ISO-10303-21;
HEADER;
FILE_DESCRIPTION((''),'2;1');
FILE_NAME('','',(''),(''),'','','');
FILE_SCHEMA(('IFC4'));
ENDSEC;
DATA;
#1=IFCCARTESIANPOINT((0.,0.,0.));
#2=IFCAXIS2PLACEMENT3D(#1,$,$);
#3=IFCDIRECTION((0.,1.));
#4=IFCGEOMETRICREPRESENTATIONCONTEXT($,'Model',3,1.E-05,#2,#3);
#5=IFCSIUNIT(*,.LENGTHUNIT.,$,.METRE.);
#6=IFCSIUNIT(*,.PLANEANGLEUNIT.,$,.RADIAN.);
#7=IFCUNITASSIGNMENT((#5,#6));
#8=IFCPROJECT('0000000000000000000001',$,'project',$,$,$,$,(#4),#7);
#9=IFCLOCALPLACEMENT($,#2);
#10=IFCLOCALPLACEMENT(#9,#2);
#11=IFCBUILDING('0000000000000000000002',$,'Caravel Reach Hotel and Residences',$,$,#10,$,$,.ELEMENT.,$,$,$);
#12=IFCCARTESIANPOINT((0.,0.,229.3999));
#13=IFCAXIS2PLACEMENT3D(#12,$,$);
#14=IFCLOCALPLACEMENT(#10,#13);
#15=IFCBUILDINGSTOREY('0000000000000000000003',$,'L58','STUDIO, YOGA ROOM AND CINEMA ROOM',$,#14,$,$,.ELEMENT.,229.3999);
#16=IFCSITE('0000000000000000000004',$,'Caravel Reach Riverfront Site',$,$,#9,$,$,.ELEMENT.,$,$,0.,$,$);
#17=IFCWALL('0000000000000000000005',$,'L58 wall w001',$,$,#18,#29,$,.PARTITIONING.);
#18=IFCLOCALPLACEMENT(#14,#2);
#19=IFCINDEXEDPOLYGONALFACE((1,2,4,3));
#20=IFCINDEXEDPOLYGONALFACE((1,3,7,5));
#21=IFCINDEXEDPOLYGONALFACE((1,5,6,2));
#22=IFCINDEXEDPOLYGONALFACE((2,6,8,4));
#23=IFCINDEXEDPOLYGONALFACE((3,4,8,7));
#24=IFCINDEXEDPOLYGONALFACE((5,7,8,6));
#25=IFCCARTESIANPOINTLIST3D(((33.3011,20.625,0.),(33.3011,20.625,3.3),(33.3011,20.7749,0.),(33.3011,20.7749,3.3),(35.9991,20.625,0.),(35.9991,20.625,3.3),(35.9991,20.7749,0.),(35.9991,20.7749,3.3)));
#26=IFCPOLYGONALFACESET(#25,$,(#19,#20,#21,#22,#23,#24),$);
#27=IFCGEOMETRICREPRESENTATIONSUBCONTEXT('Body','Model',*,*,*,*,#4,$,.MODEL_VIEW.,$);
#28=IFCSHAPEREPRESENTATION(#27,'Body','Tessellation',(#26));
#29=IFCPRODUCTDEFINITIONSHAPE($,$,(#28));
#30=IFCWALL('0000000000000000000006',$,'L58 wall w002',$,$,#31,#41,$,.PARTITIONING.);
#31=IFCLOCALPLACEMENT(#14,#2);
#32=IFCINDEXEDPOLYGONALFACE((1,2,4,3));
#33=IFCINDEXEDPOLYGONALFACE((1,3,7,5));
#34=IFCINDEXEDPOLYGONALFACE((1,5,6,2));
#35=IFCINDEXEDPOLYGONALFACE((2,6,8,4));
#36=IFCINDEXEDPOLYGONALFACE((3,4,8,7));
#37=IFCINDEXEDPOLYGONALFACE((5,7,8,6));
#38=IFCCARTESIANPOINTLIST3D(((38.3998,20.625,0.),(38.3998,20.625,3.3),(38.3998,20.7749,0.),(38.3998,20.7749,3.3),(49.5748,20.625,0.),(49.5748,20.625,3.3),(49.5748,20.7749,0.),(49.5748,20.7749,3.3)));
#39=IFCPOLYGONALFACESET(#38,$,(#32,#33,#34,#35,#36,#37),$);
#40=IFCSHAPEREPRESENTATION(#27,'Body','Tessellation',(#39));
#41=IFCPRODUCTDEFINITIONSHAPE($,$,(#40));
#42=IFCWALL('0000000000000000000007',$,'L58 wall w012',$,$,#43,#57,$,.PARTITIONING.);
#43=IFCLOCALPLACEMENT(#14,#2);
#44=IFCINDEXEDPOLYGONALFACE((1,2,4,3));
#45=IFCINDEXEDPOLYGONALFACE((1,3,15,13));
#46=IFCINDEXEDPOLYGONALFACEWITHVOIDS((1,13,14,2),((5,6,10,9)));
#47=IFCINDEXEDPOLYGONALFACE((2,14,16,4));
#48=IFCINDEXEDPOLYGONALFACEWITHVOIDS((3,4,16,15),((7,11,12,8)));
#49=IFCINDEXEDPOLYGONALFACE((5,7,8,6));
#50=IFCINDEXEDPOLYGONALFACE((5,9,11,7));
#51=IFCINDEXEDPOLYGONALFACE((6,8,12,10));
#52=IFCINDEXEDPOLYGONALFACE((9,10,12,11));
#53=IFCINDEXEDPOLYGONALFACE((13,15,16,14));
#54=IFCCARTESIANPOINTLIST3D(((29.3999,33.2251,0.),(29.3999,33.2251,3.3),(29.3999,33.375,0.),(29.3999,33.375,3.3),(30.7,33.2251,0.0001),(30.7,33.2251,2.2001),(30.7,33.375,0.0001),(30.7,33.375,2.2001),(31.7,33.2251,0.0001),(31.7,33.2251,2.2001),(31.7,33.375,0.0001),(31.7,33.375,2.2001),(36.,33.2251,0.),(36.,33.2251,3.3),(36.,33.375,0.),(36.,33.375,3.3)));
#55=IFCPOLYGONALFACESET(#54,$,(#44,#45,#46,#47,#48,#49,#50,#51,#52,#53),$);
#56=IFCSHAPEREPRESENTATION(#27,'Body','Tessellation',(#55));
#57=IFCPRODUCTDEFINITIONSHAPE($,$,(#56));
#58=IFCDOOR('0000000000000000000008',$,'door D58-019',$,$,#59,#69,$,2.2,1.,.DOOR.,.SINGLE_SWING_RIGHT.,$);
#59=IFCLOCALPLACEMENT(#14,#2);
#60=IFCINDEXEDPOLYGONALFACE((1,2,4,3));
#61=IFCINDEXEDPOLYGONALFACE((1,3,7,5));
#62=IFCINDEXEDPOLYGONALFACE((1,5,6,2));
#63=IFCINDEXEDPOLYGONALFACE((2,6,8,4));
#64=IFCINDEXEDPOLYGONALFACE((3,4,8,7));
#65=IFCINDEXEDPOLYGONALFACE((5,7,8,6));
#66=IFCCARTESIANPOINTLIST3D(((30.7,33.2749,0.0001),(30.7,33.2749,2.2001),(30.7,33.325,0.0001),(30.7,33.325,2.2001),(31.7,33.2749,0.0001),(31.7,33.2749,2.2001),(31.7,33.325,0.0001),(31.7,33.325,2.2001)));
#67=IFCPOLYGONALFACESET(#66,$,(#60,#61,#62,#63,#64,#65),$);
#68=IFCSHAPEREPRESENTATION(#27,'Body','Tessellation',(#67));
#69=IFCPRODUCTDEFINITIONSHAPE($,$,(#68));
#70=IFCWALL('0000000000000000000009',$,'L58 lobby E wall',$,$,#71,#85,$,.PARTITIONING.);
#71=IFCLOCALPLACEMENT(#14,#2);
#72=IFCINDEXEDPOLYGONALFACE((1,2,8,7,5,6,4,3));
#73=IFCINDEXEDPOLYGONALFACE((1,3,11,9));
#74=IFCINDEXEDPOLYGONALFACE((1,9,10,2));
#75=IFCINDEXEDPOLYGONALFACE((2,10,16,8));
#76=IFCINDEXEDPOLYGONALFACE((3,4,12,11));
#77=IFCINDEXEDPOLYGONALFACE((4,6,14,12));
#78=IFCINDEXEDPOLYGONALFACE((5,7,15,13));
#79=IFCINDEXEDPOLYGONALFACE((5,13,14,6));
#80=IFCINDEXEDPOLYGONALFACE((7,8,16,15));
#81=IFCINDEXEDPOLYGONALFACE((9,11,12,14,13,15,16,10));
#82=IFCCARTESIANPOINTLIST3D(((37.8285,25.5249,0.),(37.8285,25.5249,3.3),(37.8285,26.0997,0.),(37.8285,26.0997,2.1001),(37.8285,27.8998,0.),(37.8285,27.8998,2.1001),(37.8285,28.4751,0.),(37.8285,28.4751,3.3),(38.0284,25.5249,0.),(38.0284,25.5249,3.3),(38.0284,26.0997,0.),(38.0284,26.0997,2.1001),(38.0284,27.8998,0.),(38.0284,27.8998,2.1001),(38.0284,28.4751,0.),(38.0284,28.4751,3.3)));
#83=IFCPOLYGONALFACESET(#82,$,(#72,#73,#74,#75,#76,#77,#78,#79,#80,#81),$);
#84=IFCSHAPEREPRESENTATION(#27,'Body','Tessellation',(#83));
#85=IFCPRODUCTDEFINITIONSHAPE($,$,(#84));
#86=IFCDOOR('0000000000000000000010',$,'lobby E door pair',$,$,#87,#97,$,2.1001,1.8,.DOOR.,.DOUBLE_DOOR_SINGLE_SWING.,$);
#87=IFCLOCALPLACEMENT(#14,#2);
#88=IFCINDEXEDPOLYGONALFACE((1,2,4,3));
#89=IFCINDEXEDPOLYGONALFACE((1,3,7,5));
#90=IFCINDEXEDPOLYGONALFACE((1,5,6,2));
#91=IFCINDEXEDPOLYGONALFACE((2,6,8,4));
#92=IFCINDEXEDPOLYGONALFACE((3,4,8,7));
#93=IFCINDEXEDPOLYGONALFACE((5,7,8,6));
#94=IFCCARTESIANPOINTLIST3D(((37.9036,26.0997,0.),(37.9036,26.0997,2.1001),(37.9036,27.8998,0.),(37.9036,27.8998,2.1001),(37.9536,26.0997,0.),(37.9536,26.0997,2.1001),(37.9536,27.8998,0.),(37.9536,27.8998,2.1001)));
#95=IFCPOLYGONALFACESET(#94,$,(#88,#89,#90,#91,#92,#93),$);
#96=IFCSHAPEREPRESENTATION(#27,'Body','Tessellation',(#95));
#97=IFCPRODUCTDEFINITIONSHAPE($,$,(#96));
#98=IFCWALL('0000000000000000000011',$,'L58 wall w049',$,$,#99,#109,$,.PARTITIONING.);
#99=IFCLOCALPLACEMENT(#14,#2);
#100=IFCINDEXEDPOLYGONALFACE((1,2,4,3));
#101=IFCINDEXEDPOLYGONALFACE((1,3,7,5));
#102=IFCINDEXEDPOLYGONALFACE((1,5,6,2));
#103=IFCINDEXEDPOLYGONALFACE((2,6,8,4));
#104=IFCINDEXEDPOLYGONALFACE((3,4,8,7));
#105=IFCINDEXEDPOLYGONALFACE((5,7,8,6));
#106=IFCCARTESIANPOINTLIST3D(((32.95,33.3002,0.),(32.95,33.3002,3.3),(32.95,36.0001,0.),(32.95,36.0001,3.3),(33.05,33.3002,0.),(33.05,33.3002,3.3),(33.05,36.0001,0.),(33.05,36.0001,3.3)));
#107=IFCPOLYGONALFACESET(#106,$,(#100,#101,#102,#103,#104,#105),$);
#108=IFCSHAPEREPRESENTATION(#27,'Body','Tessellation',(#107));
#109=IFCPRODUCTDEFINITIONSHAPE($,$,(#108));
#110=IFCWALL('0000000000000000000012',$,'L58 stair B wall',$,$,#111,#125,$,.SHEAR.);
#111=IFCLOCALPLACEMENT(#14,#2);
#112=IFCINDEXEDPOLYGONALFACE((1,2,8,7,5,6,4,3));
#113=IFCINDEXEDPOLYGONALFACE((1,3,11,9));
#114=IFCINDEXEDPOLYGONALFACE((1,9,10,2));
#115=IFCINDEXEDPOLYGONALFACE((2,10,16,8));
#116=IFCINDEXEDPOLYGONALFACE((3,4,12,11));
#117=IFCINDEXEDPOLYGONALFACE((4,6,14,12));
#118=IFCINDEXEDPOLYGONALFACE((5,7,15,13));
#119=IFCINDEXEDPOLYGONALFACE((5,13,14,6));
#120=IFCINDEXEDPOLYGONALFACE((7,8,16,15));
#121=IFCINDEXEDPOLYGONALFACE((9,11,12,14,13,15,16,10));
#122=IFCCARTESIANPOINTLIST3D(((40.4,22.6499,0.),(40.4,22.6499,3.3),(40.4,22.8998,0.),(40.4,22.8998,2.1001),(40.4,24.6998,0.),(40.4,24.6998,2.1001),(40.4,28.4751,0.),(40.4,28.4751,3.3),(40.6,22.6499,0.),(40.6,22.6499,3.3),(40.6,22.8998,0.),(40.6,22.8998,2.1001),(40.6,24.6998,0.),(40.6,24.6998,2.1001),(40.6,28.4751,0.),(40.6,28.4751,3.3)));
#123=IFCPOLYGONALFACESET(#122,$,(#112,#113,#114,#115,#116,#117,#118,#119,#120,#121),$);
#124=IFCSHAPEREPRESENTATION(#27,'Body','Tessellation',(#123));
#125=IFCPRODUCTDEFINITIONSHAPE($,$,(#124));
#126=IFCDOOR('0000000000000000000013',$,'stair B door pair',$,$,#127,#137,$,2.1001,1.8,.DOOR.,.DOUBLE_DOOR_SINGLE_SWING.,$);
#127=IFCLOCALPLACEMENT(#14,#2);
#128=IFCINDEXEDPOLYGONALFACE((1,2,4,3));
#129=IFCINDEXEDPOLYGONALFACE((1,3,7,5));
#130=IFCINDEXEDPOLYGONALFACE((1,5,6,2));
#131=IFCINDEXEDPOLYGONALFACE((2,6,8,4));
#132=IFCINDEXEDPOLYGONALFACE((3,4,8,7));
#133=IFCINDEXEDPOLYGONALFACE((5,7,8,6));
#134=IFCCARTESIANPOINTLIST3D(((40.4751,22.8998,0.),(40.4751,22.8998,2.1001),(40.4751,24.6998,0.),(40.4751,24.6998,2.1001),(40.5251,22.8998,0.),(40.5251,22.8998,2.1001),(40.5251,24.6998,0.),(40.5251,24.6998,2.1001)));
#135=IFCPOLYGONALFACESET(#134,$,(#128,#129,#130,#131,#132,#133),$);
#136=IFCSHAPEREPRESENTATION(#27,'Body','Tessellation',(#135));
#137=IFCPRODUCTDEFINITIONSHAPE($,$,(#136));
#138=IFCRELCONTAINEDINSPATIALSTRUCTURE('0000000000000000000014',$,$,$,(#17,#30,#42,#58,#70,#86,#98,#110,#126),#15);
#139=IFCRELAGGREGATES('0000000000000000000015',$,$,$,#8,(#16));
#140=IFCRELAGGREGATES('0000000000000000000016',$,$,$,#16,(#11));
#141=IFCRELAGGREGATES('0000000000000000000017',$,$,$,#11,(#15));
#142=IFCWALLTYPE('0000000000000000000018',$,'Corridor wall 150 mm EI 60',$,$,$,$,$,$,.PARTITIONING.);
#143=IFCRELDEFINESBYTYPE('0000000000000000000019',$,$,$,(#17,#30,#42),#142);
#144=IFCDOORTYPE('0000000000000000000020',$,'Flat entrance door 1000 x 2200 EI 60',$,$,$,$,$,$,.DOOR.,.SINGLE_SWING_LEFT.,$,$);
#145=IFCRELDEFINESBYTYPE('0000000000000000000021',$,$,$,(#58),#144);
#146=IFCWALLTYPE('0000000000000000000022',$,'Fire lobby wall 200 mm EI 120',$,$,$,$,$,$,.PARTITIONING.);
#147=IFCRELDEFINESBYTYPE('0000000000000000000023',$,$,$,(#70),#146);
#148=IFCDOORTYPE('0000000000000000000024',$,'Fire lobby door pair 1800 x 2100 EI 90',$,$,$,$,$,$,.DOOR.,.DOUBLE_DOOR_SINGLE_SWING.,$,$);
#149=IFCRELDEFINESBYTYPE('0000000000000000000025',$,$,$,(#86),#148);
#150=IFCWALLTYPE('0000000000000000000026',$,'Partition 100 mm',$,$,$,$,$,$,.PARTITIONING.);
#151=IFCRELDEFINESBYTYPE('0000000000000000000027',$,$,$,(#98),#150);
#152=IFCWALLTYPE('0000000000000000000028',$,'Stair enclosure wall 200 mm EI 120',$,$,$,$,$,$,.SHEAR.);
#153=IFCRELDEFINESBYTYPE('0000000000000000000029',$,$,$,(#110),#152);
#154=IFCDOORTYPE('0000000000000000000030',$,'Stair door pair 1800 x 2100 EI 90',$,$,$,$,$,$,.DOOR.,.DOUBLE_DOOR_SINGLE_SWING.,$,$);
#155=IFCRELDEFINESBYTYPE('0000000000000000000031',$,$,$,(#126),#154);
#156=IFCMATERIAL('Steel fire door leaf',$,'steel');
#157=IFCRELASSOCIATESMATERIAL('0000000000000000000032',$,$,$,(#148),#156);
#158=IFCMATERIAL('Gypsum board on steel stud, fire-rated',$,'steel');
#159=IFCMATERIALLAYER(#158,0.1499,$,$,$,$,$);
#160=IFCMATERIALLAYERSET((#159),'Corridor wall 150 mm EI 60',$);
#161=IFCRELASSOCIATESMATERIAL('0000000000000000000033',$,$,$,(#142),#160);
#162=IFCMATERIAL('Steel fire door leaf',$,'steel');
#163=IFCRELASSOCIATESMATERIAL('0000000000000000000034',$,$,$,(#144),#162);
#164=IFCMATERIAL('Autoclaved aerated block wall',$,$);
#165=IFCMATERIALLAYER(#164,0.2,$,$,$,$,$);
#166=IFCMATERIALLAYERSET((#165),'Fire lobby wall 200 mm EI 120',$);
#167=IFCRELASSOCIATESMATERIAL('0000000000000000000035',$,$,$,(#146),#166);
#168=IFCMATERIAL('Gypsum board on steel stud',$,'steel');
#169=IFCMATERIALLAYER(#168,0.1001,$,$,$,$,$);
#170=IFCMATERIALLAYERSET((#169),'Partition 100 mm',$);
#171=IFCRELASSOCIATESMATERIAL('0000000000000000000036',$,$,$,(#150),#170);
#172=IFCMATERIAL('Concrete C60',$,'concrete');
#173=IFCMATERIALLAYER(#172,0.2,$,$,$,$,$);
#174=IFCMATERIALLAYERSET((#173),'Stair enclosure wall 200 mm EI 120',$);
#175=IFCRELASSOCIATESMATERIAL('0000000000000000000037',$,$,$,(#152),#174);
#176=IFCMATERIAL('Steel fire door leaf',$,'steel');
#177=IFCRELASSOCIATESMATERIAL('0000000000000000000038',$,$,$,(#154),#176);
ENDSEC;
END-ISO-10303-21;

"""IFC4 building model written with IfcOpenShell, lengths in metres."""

from ifc_helpers import new_model, si_unit, direction, frame, frame_2d, origin, place, context, subcontext, project, spatial, rectangle, extrude, material, layer, layer_set, type_object, element, fill, save


model = new_model("IFC4")

# Units and contexts
model_context = context("Model", 3, precision=1e-05, world=origin(), true_north=direction((0.0, 1.0)))
body_context = subcontext(model_context, "Body", "Model", "MODEL_VIEW")
ifc_project = project(units=[si_unit("LENGTHUNIT", "METRE"), si_unit("PLANEANGLEUNIT", "RADIAN")], contexts=[model_context])

# Site, building, storey
site_placement = place(None, origin())
site = spatial("IfcSite", under=ifc_project, at=site_placement, Name="Caravel Reach Riverfront Site", CompositionType="ELEMENT", RefElevation=0.0)
building_placement = place(site_placement, origin())
building = spatial("IfcBuilding", under=site, at=building_placement, Name="Caravel Reach Hotel and Residences", CompositionType="ELEMENT")
storey_placement = place(building_placement, frame((0.0, 0.0, 229.3999)))
storey = spatial("IfcBuildingStorey", under=building, at=storey_placement, Name="L58", Description="STUDIO, YOGA ROOM AND CINEMA ROOM", CompositionType="ELEMENT", Elevation=229.3999)

# Shared definitions
ifc_material_1 = material(Name="Steel fire door leaf", Category="steel")
door_type_1 = type_object("IfcDoorType", Name="Fire lobby door pair 1800 x 2100 EI 90", OperationType="DOUBLE_DOOR_SINGLE_SWING", PredefinedType="DOOR", material=ifc_material_1)

# Walls
ifc_material_2 = material(Name="Gypsum board on steel stud, fire-rated", Category="steel")
ifc_layer_1 = layer(ifc_material_2, 0.1499)
ifc_layer_set_1 = layer_set([ifc_layer_1], Name="Corridor wall 150 mm EI 60")
wall_type_1 = type_object("IfcWallType", Name="Corridor wall 150 mm EI 60", PredefinedType="PARTITIONING", material=ifc_layer_set_1)
wall_1_placement = place(storey_placement, frame((33.301, 20.7, 0.0), z_axis=(0.0, 0.0, 1.0), x_axis=(1.0, 0.0, 0.0)))
element("IfcWall", 1, at=wall_1_placement, inside=storey, type_object=wall_type_1, Name="L58 wall w001", PredefinedType="PARTITIONING", context=body_context, shape_type="SweptSolid", body=[
    extrude(rectangle(XDim=2.698, YDim=0.1499, at=frame_2d((1.3491, 0.0))), origin(), (0.0, 0.0, 1.0), 3.3),
])
wall_2_placement = place(storey_placement, frame((38.3999, 20.7, 0.0), z_axis=(0.0, 0.0, 1.0), x_axis=(1.0, 0.0, 0.0)))
element("IfcWall", 2, at=wall_2_placement, inside=storey, type_object=wall_type_1, Name="L58 wall w002", PredefinedType="PARTITIONING", context=body_context, shape_type="SweptSolid", body=[
    extrude(rectangle(XDim=11.175, YDim=0.1499, at=frame_2d((5.5874, 0.0))), origin(), (0.0, 0.0, 1.0), 3.3),
])

# Walls, openings, doors
wall_3_placement = place(storey_placement, frame((29.3999, 33.3, 0.0), z_axis=(0.0, 0.0, 1.0), x_axis=(1.0, 0.0, 0.0)))
wall_3 = element("IfcWall", 3, at=wall_3_placement, inside=storey, type_object=wall_type_1, Name="L58 wall w012", PredefinedType="PARTITIONING", context=body_context, shape_type="SweptSolid", body=[
    extrude(rectangle(XDim=6.6001, YDim=0.1499, at=frame_2d((3.3, 0.0))), origin(), (0.0, 0.0, 1.0), 3.3),
])
opening_1_placement = place(wall_3_placement, frame((1.3, 0.0, 0.0)))
opening_1 = element("IfcOpeningElement", 4, at=opening_1_placement, cuts=wall_3, PredefinedType="OPENING", context=body_context, shape_type="SweptSolid", body=[
    extrude(rectangle(XDim=1.0, YDim=2.2, at=frame_2d((0.5, 1.1001))), frame((0.0, 0.085, 0.0), z_axis=(0.0, -1.0, 0.0), x_axis=(1.0, 0.0, 0.0)), (0.0, 0.0, 1.0), 0.1699),
])
ifc_material_3 = material(Name="Steel fire door leaf", Category="steel")
door_type_2 = type_object("IfcDoorType", Name="Flat entrance door 1000 x 2200 EI 60", OperationType="SINGLE_SWING_LEFT", PredefinedType="DOOR", material=ifc_material_3)
door_1_placement = place(opening_1_placement, origin())
door_1 = element("IfcDoor", 5, at=door_1_placement, inside=storey, type_object=door_type_2, Name="door D58-019", OperationType="SINGLE_SWING_RIGHT", OverallHeight=2.2, OverallWidth=1.0, PredefinedType="DOOR", context=body_context, shape_type="SweptSolid", body=[
    extrude(rectangle(XDim=1.0, YDim=2.2, at=frame_2d((0.5, 1.1001))), frame((0.0, 0.0249, 0.0), z_axis=(0.0, -1.0, 0.0), x_axis=(1.0, 0.0, 0.0)), (0.0, 0.0, 1.0), 0.05),
])
fill(opening_1, door_1)
ifc_material_4 = material(Name="Autoclaved aerated block wall")
ifc_layer_2 = layer(ifc_material_4, 0.2)
ifc_layer_set_2 = layer_set([ifc_layer_2], Name="Fire lobby wall 200 mm EI 120")
wall_type_2 = type_object("IfcWallType", Name="Fire lobby wall 200 mm EI 120", PredefinedType="PARTITIONING", material=ifc_layer_set_2)
wall_4_placement = place(storey_placement, frame((37.9285, 25.5249, 0.0), z_axis=(0.0, 0.0, 1.0), x_axis=(0.0, 1.0, 0.0)))
wall_4 = element("IfcWall", 6, at=wall_4_placement, inside=storey, type_object=wall_type_2, Name="L58 lobby E wall", PredefinedType="PARTITIONING", context=body_context, shape_type="SweptSolid", body=[
    extrude(rectangle(XDim=2.9502, YDim=0.2, at=frame_2d((1.4751, 0.0))), origin(), (0.0, 0.0, 1.0), 3.3),
])
opening_2_placement = place(wall_4_placement, frame((0.575, 0.0, 0.0)))
opening_2 = element("IfcOpeningElement", 7, at=opening_2_placement, cuts=wall_4, PredefinedType="OPENING", context=body_context, shape_type="SweptSolid", body=[
    extrude(rectangle(XDim=1.8, YDim=2.1001, at=frame_2d((0.8999, 1.05))), frame((0.0, 0.1099, 0.0), z_axis=(0.0, -1.0, 0.0), x_axis=(1.0, 0.0, 0.0)), (0.0, 0.0, 1.0), 0.22),
])
door_2_placement = place(opening_2_placement, origin())
door_2 = element("IfcDoor", 8, at=door_2_placement, inside=storey, type_object=door_type_1, Name="lobby E door pair", OperationType="DOUBLE_DOOR_SINGLE_SWING", OverallHeight=2.1001, OverallWidth=1.8, PredefinedType="DOOR", context=body_context, shape_type="SweptSolid", body=[
    extrude(rectangle(XDim=1.8, YDim=2.1001, at=frame_2d((0.8999, 1.05))), frame((0.0, 0.0249, 0.0), z_axis=(0.0, -1.0, 0.0), x_axis=(1.0, 0.0, 0.0)), (0.0, 0.0, 1.0), 0.05),
])
fill(opening_2, door_2)

# Wall
ifc_material_5 = material(Name="Gypsum board on steel stud", Category="steel")
ifc_layer_3 = layer(ifc_material_5, 0.1001)
ifc_layer_set_3 = layer_set([ifc_layer_3], Name="Partition 100 mm")
wall_type_3 = type_object("IfcWallType", Name="Partition 100 mm", PredefinedType="PARTITIONING", material=ifc_layer_set_3)
wall_5_placement = place(storey_placement, frame((33.0, 33.3, 0.0), z_axis=(0.0, 0.0, 1.0), x_axis=(0.0, 1.0, 0.0)))
element("IfcWall", 9, at=wall_5_placement, inside=storey, type_object=wall_type_3, Name="L58 wall w049", PredefinedType="PARTITIONING", context=body_context, shape_type="SweptSolid", body=[
    extrude(rectangle(XDim=2.7, YDim=0.1001, at=frame_2d((1.3501, 0.0))), origin(), (0.0, 0.0, 1.0), 3.3),
])

# Wall, opening, door
ifc_material_6 = material(Name="Concrete C60", Category="concrete")
ifc_layer_4 = layer(ifc_material_6, 0.2)
ifc_layer_set_4 = layer_set([ifc_layer_4], Name="Stair enclosure wall 200 mm EI 120")
wall_type_4 = type_object("IfcWallType", Name="Stair enclosure wall 200 mm EI 120", PredefinedType="SHEAR", material=ifc_layer_set_4)
wall_6_placement = place(storey_placement, frame((40.5, 22.6499, 0.0), z_axis=(0.0, 0.0, 1.0), x_axis=(0.0, 1.0, 0.0)))
wall_6 = element("IfcWall", 10, at=wall_6_placement, inside=storey, type_object=wall_type_4, Name="L58 stair B wall", PredefinedType="SHEAR", context=body_context, shape_type="SweptSolid", body=[
    extrude(rectangle(XDim=5.8252, YDim=0.2, at=frame_2d((2.9126, 0.0))), origin(), (0.0, 0.0, 1.0), 3.3),
])
opening_3_placement = place(wall_6_placement, frame((0.25, 0.0, 0.0)))
opening_3 = element("IfcOpeningElement", 11, at=opening_3_placement, cuts=wall_6, PredefinedType="OPENING", context=body_context, shape_type="SweptSolid", body=[
    extrude(rectangle(XDim=1.8, YDim=2.1001, at=frame_2d((0.8999, 1.05))), frame((0.0, 0.1099, 0.0), z_axis=(0.0, -1.0, 0.0), x_axis=(1.0, 0.0, 0.0)), (0.0, 0.0, 1.0), 0.22),
])
ifc_material_7 = material(Name="Steel fire door leaf", Category="steel")
door_type_3 = type_object("IfcDoorType", Name="Stair door pair 1800 x 2100 EI 90", OperationType="DOUBLE_DOOR_SINGLE_SWING", PredefinedType="DOOR", material=ifc_material_7)
door_3_placement = place(opening_3_placement, origin())
door_3 = element("IfcDoor", 12, at=door_3_placement, inside=storey, type_object=door_type_3, Name="stair B door pair", OperationType="DOUBLE_DOOR_SINGLE_SWING", OverallHeight=2.1001, OverallWidth=1.8, PredefinedType="DOOR", context=body_context, shape_type="SweptSolid", body=[
    extrude(rectangle(XDim=1.8, YDim=2.1001, at=frame_2d((0.8999, 1.05))), frame((0.0, 0.0249, 0.0), z_axis=(0.0, -1.0, 0.0), x_axis=(1.0, 0.0, 0.0)), (0.0, 0.0, 1.0), 0.05),
])
fill(opening_3, door_3)

save(model, "model.ifc")
